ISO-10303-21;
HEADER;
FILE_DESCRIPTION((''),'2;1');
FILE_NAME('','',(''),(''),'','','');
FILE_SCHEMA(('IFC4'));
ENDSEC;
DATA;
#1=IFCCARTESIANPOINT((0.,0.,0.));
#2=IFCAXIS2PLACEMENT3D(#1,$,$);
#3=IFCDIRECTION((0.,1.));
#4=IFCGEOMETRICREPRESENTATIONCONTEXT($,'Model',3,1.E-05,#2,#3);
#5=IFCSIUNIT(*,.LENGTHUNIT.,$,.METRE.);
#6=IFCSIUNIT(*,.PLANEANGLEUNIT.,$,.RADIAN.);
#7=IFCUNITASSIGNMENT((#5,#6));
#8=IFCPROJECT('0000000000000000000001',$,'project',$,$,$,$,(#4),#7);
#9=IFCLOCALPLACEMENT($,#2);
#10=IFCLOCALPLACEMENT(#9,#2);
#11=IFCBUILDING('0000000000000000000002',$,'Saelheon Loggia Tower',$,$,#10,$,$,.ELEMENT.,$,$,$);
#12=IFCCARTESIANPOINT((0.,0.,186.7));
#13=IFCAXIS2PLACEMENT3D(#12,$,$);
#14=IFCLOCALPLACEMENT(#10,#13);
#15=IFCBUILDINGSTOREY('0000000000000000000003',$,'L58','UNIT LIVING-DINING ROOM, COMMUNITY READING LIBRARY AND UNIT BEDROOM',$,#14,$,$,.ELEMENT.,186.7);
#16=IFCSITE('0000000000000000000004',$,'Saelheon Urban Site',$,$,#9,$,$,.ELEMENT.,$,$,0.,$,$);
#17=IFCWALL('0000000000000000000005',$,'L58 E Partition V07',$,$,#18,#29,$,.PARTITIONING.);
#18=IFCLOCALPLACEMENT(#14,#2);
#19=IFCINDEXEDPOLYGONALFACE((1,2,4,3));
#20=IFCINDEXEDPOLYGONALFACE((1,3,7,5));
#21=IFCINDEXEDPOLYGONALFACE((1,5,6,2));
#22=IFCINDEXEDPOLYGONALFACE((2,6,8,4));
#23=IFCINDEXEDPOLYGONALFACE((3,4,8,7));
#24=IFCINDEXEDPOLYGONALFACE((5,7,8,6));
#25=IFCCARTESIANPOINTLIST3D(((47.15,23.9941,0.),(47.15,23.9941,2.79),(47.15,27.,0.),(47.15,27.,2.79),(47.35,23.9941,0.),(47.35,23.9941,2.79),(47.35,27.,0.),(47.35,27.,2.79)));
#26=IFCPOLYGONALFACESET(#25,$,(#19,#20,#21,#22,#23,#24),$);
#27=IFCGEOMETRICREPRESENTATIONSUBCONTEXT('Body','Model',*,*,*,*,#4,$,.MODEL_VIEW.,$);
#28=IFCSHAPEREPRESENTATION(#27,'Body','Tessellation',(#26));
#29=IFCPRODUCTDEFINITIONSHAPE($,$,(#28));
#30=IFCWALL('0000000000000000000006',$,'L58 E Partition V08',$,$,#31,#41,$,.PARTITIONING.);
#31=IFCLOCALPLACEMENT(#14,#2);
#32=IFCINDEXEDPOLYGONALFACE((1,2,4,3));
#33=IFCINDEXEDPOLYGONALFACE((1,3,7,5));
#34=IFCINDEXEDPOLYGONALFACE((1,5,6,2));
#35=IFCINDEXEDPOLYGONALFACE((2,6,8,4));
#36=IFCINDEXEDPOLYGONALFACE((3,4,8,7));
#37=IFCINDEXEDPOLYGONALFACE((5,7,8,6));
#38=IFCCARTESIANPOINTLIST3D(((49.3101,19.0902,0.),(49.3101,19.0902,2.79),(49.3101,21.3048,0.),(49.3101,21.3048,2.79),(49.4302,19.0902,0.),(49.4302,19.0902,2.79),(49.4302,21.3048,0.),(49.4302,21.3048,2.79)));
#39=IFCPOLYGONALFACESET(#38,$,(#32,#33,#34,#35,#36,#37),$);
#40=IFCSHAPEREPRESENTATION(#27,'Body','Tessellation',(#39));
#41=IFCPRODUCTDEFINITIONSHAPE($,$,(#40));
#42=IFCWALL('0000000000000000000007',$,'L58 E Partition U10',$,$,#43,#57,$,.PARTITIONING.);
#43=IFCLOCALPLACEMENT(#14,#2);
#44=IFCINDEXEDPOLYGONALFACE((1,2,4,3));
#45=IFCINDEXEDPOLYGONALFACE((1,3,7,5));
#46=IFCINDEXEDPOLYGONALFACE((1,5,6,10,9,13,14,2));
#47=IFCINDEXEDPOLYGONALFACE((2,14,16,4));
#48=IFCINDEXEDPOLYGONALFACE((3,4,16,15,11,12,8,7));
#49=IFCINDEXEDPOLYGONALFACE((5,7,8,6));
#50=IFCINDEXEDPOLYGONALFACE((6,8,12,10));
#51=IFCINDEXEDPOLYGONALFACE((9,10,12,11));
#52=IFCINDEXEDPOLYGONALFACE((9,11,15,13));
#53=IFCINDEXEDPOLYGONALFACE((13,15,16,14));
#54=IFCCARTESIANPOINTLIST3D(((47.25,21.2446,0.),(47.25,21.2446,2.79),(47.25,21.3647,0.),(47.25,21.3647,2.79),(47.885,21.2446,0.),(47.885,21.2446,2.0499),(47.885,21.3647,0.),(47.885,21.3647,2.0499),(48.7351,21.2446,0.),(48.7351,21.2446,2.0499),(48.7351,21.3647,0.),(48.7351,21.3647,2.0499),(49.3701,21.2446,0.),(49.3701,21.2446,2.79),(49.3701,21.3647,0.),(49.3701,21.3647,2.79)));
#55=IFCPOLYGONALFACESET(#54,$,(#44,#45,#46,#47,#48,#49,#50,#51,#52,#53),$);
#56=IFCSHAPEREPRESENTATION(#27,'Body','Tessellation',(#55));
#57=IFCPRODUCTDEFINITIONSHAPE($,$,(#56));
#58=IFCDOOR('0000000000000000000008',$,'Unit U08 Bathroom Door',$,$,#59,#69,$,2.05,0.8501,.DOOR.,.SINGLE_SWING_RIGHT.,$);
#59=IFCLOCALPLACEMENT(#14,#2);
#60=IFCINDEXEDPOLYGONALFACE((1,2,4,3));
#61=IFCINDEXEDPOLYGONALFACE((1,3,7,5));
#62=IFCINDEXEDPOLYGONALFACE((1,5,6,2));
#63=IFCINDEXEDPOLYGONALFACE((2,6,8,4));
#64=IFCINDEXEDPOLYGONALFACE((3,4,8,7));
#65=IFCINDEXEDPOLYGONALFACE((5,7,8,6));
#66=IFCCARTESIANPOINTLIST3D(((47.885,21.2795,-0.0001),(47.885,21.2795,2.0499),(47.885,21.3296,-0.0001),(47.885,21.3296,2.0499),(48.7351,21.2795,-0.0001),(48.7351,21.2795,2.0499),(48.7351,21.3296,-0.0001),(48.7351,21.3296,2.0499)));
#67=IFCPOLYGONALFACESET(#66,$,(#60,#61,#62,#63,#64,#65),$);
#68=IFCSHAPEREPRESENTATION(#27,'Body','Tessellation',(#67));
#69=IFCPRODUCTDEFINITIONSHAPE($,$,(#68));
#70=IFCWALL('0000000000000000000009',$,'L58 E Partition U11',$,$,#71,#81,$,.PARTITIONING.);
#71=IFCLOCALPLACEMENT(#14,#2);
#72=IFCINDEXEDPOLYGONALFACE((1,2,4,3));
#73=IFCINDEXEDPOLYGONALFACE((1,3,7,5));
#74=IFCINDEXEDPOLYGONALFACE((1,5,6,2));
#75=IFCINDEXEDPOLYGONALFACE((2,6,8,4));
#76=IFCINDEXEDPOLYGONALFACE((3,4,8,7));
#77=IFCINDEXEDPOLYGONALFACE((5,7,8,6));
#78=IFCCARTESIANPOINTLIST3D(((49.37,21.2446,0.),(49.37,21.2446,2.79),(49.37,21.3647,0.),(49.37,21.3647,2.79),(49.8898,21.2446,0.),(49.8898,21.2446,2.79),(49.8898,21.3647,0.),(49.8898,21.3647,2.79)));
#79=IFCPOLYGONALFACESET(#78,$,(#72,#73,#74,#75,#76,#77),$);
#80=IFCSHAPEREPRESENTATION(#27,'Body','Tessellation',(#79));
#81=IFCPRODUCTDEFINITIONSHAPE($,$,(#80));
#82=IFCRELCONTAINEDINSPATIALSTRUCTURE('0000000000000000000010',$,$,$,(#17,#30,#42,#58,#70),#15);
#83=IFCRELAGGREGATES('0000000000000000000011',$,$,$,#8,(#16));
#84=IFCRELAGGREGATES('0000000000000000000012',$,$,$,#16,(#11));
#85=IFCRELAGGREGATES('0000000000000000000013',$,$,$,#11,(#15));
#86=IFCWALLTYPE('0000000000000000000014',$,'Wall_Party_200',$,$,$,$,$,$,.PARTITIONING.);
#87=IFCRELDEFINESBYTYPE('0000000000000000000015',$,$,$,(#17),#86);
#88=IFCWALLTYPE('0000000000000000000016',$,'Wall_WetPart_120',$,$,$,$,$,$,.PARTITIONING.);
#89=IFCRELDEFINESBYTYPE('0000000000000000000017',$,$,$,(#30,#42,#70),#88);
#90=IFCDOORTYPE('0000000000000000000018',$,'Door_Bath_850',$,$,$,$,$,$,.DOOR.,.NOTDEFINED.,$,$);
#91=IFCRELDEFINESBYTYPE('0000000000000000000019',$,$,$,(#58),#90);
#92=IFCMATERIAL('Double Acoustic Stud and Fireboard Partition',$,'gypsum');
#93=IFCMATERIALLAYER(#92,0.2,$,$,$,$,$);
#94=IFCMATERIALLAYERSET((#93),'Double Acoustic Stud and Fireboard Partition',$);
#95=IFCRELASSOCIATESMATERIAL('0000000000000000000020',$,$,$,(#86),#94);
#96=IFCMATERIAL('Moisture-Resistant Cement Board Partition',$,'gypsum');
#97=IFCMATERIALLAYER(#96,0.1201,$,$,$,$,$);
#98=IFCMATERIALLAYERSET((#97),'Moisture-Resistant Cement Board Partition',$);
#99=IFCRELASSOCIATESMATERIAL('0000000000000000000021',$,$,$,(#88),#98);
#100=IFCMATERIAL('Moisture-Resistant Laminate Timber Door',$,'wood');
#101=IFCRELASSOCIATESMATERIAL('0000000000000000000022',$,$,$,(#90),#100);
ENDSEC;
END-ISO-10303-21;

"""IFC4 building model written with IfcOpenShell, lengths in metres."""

from ifc_helpers import new_model, si_unit, direction, frame, frame_2d, origin, place, context, subcontext, project, spatial, rectangle, extrude, source, transform, mapped, material, layer, layer_set, type_object, element, fill, save


model = new_model("IFC4")

# Units and contexts
model_context = context("Model", 3, precision=1e-05, world=origin(), true_north=direction((0.0, 1.0)))
body_context = subcontext(model_context, "Body", "Model", "MODEL_VIEW")
ifc_project = project(units=[si_unit("LENGTHUNIT", "METRE"), si_unit("PLANEANGLEUNIT", "RADIAN")], contexts=[model_context])

# Site, building, storey
site_placement = place(None, origin())
site = spatial("IfcSite", under=ifc_project, at=site_placement, Name="Saelheon Urban Site", CompositionType="ELEMENT", RefElevation=0.0)
building_placement = place(site_placement, origin())
building = spatial("IfcBuilding", under=site, at=building_placement, Name="Saelheon Loggia Tower", CompositionType="ELEMENT")
storey_placement = place(building_placement, frame((0.0, 0.0, 186.7)))
storey = spatial("IfcBuildingStorey", under=building, at=storey_placement, Name="L58", Description="UNIT LIVING-DINING ROOM, COMMUNITY READING LIBRARY AND UNIT BEDROOM", CompositionType="ELEMENT", Elevation=186.7)

# Shared definitions
ifc_material_1 = material(Name="Double Acoustic Stud and Fireboard Partition", Category="gypsum")
ifc_layer_1 = layer(ifc_material_1, 0.2)
ifc_layer_set_1 = layer_set([ifc_layer_1], Name="Double Acoustic Stud and Fireboard Partition")
wall_type_1 = type_object("IfcWallType", Name="Wall_Party_200", PredefinedType="PARTITIONING", material=ifc_layer_set_1)

# Walls
wall_1_placement = place(storey_placement, frame((47.25, 23.9941, 0.0), z_axis=(0.0, 0.0, 1.0), x_axis=(0.0, 1.0, 0.0)))
element("IfcWall", 1, at=wall_1_placement, inside=storey, type_object=wall_type_1, Name="L58 E Partition V07", PredefinedType="PARTITIONING", context=body_context, shape_type="SweptSolid", body=[
    extrude(rectangle(XDim=3.0059, YDim=0.2, at=frame_2d((1.5029, 0.0))), origin(), (0.0, 0.0, 1.0), 2.79),
])
ifc_material_2 = material(Name="Moisture-Resistant Cement Board Partition", Category="gypsum")
ifc_layer_2 = layer(ifc_material_2, 0.1201)
ifc_layer_set_2 = layer_set([ifc_layer_2], Name="Moisture-Resistant Cement Board Partition")
wall_type_2 = type_object("IfcWallType", Name="Wall_WetPart_120", PredefinedType="PARTITIONING", material=ifc_layer_set_2)
wall_2_placement = place(storey_placement, frame((49.3701, 19.0901, 0.0), z_axis=(0.0, 0.0, 1.0), x_axis=(0.0, 1.0, 0.0)))
element("IfcWall", 2, at=wall_2_placement, inside=storey, type_object=wall_type_2, Name="L58 E Partition V08", PredefinedType="PARTITIONING", context=body_context, shape_type="SweptSolid", body=[
    extrude(rectangle(XDim=2.2146, YDim=0.1201, at=frame_2d((1.1074, 0.0))), origin(), (0.0, 0.0, 1.0), 2.79),
])

# Wall, opening, door
wall_3_placement = place(storey_placement, frame((47.25, 21.3047, 0.0), z_axis=(0.0, 0.0, 1.0), x_axis=(1.0, 0.0, 0.0)))
wall_3 = element("IfcWall", 3, at=wall_3_placement, inside=storey, type_object=wall_type_2, Name="L58 E Partition U10", PredefinedType="PARTITIONING", context=body_context, shape_type="SweptSolid", body=[
    extrude(rectangle(XDim=2.1201, YDim=0.1201, at=frame_2d((1.0601, 0.0))), origin(), (0.0, 0.0, 1.0), 2.79),
])
opening_1_placement = place(wall_3_placement, frame((0.635, 0.0, 0.0)))
opening_1 = element("IfcOpeningElement", 4, at=opening_1_placement, cuts=wall_3, PredefinedType="OPENING", context=body_context, shape_type="SweptSolid", body=[
    extrude(rectangle(XDim=0.8501, YDim=2.05, at=frame_2d((0.425, 1.0249))), frame((0.0, 0.072, 0.0), z_axis=(0.0, -1.0, 0.0), x_axis=(1.0, 0.0, 0.0)), (0.0, 0.0, 1.0), 0.144),
])
ifc_material_3 = material(Name="Moisture-Resistant Laminate Timber Door", Category="wood")
door_type_1 = type_object("IfcDoorType", Name="Door_Bath_850", OperationType="NOTDEFINED", PredefinedType="DOOR", material=ifc_material_3)
shared_shape_1 = source(origin(), body_context, "Body", "SweptSolid", [
    extrude(rectangle(XDim=0.8501, YDim=2.05, at=frame_2d((0.425, 1.0249))), frame((0.0, 0.0249, 0.0), z_axis=(0.0, -1.0, 0.0), x_axis=(1.0, 0.0, 0.0)), (0.0, 0.0, 1.0), 0.05),
])
door_1_placement = place(opening_1_placement, origin())
door_1 = element("IfcDoor", 5, at=door_1_placement, inside=storey, type_object=door_type_1, Name="Unit U08 Bathroom Door", OperationType="SINGLE_SWING_RIGHT", OverallHeight=2.05, OverallWidth=0.8501, PredefinedType="DOOR", context=body_context, shape_type="MappedRepresentation", body=[
    mapped(shared_shape_1, transform((0.0, 0.0, 0.0), scale=1.0)),
])
fill(opening_1, door_1)

# Wall
wall_4_placement = place(storey_placement, frame((49.3701, 21.3047, 0.0), z_axis=(0.0, 0.0, 1.0), x_axis=(1.0, 0.0, 0.0)))
element("IfcWall", 6, at=wall_4_placement, inside=storey, type_object=wall_type_2, Name="L58 E Partition U11", PredefinedType="PARTITIONING", context=body_context, shape_type="SweptSolid", body=[
    extrude(rectangle(XDim=0.5198, YDim=0.1201, at=frame_2d((0.2598, 0.0))), origin(), (0.0, 0.0, 1.0), 2.79),
])

save(model, "model.ifc")
